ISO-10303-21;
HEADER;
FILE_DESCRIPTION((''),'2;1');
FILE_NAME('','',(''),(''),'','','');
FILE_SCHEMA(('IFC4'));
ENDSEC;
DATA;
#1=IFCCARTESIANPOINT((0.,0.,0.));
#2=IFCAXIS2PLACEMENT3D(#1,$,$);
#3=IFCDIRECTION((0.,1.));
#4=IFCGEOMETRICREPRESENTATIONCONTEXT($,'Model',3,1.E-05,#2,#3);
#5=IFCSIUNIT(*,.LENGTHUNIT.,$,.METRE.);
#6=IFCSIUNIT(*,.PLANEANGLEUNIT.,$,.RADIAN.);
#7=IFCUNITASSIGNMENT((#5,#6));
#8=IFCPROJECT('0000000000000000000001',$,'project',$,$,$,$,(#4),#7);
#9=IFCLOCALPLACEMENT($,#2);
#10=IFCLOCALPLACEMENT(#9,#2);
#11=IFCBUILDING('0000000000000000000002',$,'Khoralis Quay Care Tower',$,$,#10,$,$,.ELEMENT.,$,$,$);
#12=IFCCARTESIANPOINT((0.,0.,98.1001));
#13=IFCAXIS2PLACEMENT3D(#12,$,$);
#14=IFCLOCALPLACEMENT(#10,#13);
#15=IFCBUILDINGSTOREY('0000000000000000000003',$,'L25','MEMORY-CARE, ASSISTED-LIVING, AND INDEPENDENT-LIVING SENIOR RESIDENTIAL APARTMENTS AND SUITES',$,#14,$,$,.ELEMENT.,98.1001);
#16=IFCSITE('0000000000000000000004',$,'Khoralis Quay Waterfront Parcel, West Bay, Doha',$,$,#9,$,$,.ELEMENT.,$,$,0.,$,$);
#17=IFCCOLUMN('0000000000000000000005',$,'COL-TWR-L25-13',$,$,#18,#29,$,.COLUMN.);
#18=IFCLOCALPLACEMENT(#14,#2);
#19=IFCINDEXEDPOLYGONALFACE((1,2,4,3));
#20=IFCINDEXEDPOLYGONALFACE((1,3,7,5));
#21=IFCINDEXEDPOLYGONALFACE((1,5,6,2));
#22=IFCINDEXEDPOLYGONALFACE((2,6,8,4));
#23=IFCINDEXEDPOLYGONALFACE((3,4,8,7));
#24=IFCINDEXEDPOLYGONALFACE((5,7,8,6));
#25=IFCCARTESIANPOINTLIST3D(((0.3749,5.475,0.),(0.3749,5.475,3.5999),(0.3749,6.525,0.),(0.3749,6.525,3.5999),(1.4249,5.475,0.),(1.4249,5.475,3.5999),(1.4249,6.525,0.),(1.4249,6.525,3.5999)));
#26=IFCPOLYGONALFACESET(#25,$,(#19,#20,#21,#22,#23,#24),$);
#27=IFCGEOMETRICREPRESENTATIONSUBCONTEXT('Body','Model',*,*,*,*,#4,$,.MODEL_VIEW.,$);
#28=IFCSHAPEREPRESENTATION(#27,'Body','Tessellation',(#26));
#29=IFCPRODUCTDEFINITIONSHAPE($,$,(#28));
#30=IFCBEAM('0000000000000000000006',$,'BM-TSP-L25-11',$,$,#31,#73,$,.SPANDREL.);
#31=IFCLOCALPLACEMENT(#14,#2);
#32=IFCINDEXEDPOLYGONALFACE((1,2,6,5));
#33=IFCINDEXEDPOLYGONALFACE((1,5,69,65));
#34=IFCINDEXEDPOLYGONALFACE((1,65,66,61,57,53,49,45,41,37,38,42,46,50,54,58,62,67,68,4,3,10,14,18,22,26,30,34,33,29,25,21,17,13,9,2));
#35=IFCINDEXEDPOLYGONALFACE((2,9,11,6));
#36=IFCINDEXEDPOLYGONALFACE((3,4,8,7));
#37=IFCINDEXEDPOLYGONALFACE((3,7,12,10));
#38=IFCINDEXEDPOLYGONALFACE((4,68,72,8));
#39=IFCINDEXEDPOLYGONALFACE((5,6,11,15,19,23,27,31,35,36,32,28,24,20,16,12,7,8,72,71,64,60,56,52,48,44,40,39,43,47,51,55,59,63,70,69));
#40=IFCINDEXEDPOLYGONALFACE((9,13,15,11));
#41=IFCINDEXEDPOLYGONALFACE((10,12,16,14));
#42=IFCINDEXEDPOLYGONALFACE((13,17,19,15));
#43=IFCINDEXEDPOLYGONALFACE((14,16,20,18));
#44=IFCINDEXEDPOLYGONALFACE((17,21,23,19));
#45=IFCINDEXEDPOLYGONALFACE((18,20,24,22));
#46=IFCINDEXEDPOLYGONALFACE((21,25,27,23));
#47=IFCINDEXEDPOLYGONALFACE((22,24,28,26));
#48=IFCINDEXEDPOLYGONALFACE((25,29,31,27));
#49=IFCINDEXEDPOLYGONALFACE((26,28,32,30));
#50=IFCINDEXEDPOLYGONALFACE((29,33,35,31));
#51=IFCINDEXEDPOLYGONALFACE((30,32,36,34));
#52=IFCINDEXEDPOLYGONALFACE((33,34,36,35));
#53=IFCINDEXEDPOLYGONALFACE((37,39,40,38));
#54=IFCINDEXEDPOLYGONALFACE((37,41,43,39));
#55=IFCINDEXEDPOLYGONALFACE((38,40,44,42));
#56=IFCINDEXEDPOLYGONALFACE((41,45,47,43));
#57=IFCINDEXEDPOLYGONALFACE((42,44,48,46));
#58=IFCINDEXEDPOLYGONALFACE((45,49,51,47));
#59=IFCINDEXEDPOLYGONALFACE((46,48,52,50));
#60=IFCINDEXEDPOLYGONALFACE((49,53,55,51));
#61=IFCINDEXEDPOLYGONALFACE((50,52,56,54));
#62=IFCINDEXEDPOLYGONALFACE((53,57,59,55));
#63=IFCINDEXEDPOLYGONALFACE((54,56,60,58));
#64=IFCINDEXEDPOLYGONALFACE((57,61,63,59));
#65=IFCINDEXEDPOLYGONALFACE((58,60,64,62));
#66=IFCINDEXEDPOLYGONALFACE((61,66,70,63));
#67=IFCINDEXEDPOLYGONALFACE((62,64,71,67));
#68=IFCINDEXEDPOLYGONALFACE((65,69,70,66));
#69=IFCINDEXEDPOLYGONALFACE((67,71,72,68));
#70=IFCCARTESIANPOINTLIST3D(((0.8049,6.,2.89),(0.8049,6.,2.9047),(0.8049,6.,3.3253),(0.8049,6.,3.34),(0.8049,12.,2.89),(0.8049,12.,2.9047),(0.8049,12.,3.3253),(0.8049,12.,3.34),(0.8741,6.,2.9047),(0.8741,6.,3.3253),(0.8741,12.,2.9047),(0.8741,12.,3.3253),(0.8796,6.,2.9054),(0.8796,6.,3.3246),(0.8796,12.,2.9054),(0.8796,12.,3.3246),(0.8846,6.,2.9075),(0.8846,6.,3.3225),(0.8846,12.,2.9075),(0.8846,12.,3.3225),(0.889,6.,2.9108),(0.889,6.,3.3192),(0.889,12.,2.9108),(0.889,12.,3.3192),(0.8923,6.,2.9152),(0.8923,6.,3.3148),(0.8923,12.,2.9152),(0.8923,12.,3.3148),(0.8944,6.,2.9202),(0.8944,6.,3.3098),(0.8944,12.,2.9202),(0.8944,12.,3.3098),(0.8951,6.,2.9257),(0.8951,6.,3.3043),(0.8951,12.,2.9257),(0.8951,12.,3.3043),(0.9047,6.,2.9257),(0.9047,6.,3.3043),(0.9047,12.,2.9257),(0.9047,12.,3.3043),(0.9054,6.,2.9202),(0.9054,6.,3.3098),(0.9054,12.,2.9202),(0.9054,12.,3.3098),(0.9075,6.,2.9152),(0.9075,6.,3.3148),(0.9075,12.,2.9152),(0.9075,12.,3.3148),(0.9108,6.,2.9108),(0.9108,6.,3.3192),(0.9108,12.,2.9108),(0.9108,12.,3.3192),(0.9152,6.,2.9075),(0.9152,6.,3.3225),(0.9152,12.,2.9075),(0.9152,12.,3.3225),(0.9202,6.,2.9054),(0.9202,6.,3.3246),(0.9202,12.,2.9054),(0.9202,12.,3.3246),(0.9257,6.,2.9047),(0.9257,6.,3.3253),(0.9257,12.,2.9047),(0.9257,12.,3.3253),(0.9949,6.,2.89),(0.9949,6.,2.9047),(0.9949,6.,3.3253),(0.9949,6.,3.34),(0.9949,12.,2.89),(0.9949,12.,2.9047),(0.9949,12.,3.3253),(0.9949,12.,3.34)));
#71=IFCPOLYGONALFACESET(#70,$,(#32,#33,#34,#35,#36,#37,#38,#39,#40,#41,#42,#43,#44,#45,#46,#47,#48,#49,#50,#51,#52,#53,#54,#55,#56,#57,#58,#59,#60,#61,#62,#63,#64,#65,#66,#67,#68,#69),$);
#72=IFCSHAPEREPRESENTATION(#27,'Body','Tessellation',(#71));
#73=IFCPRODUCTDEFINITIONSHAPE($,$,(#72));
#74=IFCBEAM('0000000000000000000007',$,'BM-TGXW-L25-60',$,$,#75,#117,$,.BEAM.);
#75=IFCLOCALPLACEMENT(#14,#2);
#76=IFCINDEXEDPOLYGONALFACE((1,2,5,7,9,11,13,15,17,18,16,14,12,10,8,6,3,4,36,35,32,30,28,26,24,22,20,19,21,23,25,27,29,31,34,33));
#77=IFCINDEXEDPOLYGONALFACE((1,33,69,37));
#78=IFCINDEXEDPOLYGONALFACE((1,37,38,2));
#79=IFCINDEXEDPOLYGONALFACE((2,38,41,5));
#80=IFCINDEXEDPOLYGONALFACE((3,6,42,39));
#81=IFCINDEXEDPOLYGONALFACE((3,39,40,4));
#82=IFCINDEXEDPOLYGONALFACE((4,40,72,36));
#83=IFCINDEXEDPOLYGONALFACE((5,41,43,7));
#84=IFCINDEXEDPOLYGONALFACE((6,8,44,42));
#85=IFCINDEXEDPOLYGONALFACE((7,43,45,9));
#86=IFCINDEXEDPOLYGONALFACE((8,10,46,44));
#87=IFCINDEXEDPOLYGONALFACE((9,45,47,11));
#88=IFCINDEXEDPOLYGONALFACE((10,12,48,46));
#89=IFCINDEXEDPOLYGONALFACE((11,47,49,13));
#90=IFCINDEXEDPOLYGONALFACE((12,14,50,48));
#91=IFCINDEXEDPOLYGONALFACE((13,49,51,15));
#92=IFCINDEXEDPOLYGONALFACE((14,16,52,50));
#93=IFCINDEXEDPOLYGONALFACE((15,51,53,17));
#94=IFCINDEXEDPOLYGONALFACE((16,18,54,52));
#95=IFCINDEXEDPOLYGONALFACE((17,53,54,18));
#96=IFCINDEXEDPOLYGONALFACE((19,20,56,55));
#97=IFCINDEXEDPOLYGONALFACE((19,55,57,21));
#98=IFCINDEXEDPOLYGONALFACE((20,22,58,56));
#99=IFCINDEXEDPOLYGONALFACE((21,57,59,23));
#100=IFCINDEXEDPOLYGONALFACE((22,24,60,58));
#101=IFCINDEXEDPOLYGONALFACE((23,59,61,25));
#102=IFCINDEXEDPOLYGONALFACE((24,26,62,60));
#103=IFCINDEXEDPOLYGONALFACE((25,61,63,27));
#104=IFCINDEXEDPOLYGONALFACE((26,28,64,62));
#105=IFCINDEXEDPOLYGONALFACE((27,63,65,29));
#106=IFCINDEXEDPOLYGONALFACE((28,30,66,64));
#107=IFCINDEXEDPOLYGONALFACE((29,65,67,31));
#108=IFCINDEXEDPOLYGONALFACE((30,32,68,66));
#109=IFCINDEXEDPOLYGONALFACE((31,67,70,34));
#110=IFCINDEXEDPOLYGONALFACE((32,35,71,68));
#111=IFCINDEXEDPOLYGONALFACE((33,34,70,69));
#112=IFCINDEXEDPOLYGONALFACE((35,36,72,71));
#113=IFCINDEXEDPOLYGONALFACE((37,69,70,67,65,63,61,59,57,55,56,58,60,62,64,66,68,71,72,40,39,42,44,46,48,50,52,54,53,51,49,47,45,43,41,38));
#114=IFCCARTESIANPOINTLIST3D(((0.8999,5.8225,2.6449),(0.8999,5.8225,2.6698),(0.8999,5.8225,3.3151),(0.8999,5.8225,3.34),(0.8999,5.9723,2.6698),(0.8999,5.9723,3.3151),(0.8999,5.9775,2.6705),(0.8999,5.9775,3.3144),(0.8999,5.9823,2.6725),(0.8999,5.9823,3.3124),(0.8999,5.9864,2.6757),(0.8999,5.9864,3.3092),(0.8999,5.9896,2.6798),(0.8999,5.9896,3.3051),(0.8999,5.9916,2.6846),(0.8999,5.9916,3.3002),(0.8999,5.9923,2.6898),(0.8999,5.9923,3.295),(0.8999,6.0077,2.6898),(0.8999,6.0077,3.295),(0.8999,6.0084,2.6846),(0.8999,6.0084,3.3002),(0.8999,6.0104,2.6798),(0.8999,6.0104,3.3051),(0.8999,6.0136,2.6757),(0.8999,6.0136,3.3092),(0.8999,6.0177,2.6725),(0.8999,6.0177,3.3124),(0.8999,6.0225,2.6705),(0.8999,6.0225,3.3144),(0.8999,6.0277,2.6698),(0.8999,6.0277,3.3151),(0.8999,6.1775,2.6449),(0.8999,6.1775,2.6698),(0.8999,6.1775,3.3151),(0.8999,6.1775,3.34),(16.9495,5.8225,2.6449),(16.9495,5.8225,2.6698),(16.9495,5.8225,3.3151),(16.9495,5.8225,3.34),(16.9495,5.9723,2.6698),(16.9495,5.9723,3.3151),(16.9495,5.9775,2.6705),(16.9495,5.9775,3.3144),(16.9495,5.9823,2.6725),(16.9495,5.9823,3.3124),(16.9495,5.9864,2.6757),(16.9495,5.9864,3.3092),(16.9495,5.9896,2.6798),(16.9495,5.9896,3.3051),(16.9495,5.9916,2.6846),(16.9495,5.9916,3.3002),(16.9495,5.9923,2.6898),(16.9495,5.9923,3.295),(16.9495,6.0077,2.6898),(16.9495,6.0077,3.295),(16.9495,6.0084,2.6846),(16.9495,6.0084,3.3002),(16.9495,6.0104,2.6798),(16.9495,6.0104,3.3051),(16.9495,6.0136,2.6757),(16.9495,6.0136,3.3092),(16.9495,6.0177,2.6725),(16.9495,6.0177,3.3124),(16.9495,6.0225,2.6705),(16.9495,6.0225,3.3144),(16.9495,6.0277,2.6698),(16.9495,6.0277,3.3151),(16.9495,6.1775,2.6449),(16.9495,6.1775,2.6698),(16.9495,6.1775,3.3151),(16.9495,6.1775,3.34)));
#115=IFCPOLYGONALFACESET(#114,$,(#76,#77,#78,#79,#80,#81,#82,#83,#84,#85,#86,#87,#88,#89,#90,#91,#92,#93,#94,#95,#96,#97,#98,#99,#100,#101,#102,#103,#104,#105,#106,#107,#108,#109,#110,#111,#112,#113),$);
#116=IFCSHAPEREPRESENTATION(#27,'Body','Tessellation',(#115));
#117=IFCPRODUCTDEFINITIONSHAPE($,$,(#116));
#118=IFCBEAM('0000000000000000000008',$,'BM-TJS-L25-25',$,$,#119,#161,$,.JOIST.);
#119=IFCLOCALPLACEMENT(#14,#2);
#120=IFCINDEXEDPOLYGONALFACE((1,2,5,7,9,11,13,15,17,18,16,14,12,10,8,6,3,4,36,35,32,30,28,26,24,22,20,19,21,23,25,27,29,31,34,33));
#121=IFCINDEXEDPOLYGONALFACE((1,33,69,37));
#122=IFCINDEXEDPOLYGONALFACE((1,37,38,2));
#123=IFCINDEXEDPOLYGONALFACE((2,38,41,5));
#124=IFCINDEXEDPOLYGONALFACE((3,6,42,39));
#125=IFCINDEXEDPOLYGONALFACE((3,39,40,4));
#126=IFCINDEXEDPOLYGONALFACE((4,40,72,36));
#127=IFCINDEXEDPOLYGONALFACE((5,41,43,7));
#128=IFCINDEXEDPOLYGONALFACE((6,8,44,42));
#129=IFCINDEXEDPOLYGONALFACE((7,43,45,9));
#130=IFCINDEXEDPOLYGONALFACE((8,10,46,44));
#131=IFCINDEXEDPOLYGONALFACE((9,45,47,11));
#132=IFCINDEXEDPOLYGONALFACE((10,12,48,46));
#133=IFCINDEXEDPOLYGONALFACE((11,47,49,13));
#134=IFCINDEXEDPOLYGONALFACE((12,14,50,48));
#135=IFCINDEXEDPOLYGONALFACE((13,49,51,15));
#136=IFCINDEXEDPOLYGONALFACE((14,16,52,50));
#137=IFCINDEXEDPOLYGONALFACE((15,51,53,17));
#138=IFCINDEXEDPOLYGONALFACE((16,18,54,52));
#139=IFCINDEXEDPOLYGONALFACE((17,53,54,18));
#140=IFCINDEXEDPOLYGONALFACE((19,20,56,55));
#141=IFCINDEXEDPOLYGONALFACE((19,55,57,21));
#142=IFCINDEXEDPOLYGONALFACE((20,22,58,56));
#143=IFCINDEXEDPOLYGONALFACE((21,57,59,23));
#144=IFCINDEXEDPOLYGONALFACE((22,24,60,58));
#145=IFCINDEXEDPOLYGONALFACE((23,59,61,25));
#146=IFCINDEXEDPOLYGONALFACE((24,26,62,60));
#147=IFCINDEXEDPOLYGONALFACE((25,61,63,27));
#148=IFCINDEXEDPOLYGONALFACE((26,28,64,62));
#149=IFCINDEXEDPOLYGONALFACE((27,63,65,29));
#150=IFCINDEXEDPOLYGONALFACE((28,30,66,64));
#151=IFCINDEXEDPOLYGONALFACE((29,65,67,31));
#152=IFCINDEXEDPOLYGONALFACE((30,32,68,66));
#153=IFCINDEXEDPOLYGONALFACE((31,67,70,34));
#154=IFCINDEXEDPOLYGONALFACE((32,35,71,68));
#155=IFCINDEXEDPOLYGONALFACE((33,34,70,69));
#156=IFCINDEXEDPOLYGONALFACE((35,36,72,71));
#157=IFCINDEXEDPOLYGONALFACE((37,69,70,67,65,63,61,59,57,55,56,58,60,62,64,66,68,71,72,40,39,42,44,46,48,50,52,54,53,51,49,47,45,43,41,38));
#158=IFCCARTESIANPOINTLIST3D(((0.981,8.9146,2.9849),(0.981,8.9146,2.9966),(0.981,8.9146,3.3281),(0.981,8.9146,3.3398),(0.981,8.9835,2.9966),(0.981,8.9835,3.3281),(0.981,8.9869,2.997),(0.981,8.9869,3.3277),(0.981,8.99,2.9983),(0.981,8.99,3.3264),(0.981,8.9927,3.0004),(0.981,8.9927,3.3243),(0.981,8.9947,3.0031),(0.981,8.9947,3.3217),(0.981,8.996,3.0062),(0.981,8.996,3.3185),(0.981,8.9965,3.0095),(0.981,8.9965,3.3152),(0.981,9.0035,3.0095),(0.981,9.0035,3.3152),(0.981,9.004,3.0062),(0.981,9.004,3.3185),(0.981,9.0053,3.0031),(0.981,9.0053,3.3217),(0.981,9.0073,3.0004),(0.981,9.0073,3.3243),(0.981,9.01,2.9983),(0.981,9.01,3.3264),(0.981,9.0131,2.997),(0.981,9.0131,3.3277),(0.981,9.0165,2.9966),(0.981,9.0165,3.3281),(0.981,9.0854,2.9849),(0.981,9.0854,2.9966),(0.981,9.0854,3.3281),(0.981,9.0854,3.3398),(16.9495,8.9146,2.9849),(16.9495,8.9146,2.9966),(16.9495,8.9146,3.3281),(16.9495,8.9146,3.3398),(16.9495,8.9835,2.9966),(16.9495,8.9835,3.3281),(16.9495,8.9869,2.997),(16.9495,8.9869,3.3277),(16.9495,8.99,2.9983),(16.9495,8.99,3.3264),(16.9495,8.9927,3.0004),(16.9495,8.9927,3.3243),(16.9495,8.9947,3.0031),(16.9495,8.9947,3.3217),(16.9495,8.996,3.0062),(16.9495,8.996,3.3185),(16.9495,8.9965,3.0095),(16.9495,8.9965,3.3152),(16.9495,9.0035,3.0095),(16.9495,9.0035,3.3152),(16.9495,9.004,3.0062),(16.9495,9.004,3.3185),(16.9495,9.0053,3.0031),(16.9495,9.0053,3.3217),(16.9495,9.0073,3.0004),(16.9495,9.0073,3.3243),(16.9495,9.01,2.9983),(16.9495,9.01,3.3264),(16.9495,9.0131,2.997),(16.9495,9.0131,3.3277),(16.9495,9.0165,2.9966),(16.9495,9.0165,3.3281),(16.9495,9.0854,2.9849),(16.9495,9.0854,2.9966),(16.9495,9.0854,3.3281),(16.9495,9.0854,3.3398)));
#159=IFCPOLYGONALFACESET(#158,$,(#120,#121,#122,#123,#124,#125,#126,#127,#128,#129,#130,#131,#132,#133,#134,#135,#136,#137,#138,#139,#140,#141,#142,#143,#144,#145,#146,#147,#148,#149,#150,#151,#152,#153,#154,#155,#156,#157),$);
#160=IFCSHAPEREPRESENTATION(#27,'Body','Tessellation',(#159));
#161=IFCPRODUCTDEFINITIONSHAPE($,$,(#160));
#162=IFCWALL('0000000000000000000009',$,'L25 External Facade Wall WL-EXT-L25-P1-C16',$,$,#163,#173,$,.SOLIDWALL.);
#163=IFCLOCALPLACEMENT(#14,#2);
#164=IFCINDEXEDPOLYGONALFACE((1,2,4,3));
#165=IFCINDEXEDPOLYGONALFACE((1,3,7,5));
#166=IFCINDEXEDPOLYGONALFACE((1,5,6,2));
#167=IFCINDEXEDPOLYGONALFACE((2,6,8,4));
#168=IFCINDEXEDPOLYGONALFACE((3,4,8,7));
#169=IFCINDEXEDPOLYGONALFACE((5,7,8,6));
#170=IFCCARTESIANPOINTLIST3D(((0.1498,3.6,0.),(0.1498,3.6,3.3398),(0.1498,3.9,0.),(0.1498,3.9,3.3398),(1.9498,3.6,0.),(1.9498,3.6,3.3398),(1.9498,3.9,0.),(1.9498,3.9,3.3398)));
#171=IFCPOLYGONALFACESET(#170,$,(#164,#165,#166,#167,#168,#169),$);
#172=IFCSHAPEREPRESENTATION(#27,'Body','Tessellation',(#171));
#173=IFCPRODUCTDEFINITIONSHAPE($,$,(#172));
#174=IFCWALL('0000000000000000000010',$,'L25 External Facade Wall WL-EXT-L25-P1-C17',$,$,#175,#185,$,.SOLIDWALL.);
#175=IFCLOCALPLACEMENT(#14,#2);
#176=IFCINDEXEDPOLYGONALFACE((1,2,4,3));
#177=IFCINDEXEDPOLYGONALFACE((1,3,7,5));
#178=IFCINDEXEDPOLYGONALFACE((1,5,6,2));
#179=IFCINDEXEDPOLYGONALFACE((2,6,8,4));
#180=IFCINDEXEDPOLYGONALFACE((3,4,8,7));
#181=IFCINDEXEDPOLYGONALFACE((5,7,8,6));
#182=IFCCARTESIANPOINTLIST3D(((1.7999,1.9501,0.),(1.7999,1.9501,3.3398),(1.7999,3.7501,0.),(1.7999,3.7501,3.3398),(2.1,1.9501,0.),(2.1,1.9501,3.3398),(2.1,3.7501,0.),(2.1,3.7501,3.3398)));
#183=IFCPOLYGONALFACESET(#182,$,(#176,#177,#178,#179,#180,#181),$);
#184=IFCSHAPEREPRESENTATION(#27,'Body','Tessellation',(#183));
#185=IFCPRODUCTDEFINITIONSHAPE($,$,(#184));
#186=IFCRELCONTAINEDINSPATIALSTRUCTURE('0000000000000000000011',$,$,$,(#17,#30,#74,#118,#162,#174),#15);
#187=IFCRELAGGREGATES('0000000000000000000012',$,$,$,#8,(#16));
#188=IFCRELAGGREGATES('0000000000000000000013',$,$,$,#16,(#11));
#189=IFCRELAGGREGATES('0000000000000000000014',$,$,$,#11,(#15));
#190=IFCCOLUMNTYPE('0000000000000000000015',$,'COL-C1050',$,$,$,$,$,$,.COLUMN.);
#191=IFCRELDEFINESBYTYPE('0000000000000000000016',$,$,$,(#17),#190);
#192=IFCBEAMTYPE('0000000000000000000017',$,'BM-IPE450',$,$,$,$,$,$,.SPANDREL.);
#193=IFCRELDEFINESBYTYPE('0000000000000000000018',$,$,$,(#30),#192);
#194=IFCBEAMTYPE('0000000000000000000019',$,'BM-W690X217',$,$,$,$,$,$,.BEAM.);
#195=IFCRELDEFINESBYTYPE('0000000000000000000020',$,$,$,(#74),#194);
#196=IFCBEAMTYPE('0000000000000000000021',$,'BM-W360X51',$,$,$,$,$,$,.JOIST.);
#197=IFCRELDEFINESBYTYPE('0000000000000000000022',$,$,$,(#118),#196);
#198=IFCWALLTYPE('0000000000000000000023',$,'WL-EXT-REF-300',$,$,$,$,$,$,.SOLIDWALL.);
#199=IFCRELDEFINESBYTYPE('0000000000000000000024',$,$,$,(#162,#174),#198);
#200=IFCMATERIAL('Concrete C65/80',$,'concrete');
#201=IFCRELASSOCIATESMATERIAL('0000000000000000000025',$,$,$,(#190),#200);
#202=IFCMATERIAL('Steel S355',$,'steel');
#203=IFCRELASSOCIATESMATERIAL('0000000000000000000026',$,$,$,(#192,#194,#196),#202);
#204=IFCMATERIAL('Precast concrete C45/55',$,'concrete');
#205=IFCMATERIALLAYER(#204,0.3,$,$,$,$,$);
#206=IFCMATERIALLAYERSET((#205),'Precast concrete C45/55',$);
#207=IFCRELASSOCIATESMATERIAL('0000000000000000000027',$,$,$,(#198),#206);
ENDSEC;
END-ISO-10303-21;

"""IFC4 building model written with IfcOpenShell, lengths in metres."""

from ifc_helpers import new_model, si_unit, direction, frame, frame_2d, origin, origin_2d, place, context, subcontext, project, spatial, rectangle, i_section, extrude, source, transform, mapped, material, layer, layer_set, material_profile, profile_set, type_object, element, save


model = new_model("IFC4")

# Units and contexts
model_context = context("Model", 3, precision=1e-05, world=origin(), true_north=direction((0.0, 1.0)))
body_context = subcontext(model_context, "Body", "Model", "MODEL_VIEW")
ifc_project = project(units=[si_unit("LENGTHUNIT", "METRE"), si_unit("PLANEANGLEUNIT", "RADIAN")], contexts=[model_context])

# Site, building, storey
site_placement = place(None, origin())
site = spatial("IfcSite", under=ifc_project, at=site_placement, Name="Khoralis Quay Waterfront Parcel, West Bay, Doha", CompositionType="ELEMENT", RefElevation=0.0)
building_placement = place(site_placement, origin())
building = spatial("IfcBuilding", under=site, at=building_placement, Name="Khoralis Quay Care Tower", CompositionType="ELEMENT")
storey_placement = place(building_placement, frame((0.0, 0.0, 98.1001)))
storey = spatial("IfcBuildingStorey", under=building, at=storey_placement, Name="L25", Description="MEMORY-CARE, ASSISTED-LIVING, AND INDEPENDENT-LIVING SENIOR RESIDENTIAL APARTMENTS AND SUITES", CompositionType="ELEMENT", Elevation=98.1001)

# Column
ifc_material_1 = material(Name="Concrete C65/80", Category="concrete")
ifc_material_profile_1 = material_profile(ifc_material_1, rectangle(XDim=1.05, YDim=1.05, at=origin_2d()), Name="Concrete C65/80")
ifc_profile_set_1 = profile_set([ifc_material_profile_1], Name="Concrete C65/80")
column_type = type_object("IfcColumnType", Name="COL-C1050", PredefinedType="COLUMN", material=ifc_profile_set_1)
shared_shape_1 = source(origin(), body_context, "Body", "SweptSolid", [
    extrude(rectangle(XDim=1.05, YDim=1.05, at=origin_2d()), origin(), (0.0, 0.0, 1.0), 3.5999),
])
column_placement = place(storey_placement, frame((0.8999, 6.0, 0.0), z_axis=(0.0, 0.0, 1.0), x_axis=(1.0, 0.0, 0.0)))
element("IfcColumn", 1, at=column_placement, inside=storey, type_object=column_type, Name="COL-TWR-L25-13", PredefinedType="COLUMN", context=body_context, shape_type="MappedRepresentation", body=[
    mapped(shared_shape_1, transform((0.0, 0.0, 0.0), scale=1.0)),
])

# Beams
ifc_material_2 = material(Name="Steel S355", Category="steel")
ifc_material_profile_2 = material_profile(ifc_material_2, i_section(OverallWidth=0.1899, OverallDepth=0.45, WebThickness=0.0095, FlangeThickness=0.0146, FilletRadius=0.021, at=origin_2d()), Name="Steel S355")
ifc_profile_set_2 = profile_set([ifc_material_profile_2], Name="Steel S355")
beam_type_1 = type_object("IfcBeamType", Name="BM-IPE450", PredefinedType="SPANDREL", material=ifc_profile_set_2)
shared_shape_2 = source(origin(), body_context, "Body", "SweptSolid", [
    extrude(i_section(OverallWidth=0.1899, OverallDepth=0.45, WebThickness=0.0095, FlangeThickness=0.0146, FilletRadius=0.021, at=origin_2d()), origin(), (0.0, 0.0, 1.0), 6.0),
])
beam_1_placement = place(storey_placement, frame((0.8999, 6.0, 3.115), z_axis=(0.0, 1.0, 0.0), x_axis=(-1.0, 0.0, 0.0)))
element("IfcBeam", 2, at=beam_1_placement, inside=storey, type_object=beam_type_1, Name="BM-TSP-L25-11", PredefinedType="SPANDREL", context=body_context, shape_type="MappedRepresentation", body=[
    mapped(shared_shape_2, transform((0.0, 0.0, 0.0), scale=1.0)),
])
ifc_material_profile_3 = material_profile(ifc_material_2, i_section(OverallWidth=0.355, OverallDepth=0.6951, WebThickness=0.0154, FlangeThickness=0.0249, FilletRadius=0.02, at=origin_2d()), Name="Steel S355")
ifc_profile_set_3 = profile_set([ifc_material_profile_3], Name="Steel S355")
beam_type_2 = type_object("IfcBeamType", Name="BM-W690X217", PredefinedType="BEAM", material=ifc_profile_set_3)
shared_shape_3 = source(origin(), body_context, "Body", "SweptSolid", [
    extrude(i_section(OverallWidth=0.355, OverallDepth=0.6951, WebThickness=0.0154, FlangeThickness=0.0249, FilletRadius=0.02, at=origin_2d()), origin(), (0.0, 0.0, 1.0), 16.0496),
])
beam_2_placement = place(storey_placement, frame((0.8999, 6.0, 2.9924), z_axis=(1.0, 0.0, 0.0), x_axis=(0.0, 1.0, 0.0)))
element("IfcBeam", 3, at=beam_2_placement, inside=storey, type_object=beam_type_2, Name="BM-TGXW-L25-60", PredefinedType="BEAM", context=body_context, shape_type="MappedRepresentation", body=[
    mapped(shared_shape_3, transform((0.0, 0.0, 0.0), scale=1.0)),
])
ifc_material_profile_4 = material_profile(ifc_material_2, i_section(OverallWidth=0.1709, OverallDepth=0.355, WebThickness=0.0071, FlangeThickness=0.0117, FilletRadius=0.0129, at=origin_2d()), Name="Steel S355")
ifc_profile_set_4 = profile_set([ifc_material_profile_4], Name="Steel S355")
beam_type_3 = type_object("IfcBeamType", Name="BM-W360X51", PredefinedType="JOIST", material=ifc_profile_set_4)
shared_shape_4 = source(origin(), body_context, "Body", "SweptSolid", [
    extrude(i_section(OverallWidth=0.1709, OverallDepth=0.355, WebThickness=0.0071, FlangeThickness=0.0117, FilletRadius=0.0129, at=origin_2d()), origin(), (0.0, 0.0, 1.0), 15.9685),
])
beam_3_placement = place(storey_placement, frame((0.981, 9.0, 3.1624), z_axis=(1.0, 0.0, 0.0), x_axis=(0.0, 1.0, 0.0)))
element("IfcBeam", 4, at=beam_3_placement, inside=storey, type_object=beam_type_3, Name="BM-TJS-L25-25", PredefinedType="JOIST", context=body_context, shape_type="MappedRepresentation", body=[
    mapped(shared_shape_4, transform((0.0, 0.0, 0.0), scale=1.0)),
])

# Walls
ifc_material_3 = material(Name="Precast concrete C45/55", Category="concrete")
ifc_layer_1 = layer(ifc_material_3, 0.3)
ifc_layer_set_1 = layer_set([ifc_layer_1], Name="Precast concrete C45/55")
wall_type_1 = type_object("IfcWallType", Name="WL-EXT-REF-300", PredefinedType="SOLIDWALL", material=ifc_layer_set_1)
for number, where, z_axis, x_axis, name in (
    (5, (0.1499, 3.75, 0.0), (0.0, 0.0, 1.0), (1.0, 0.0, 0.0), "L25 External Facade Wall WL-EXT-L25-P1-C16"),
    (6, (1.95, 3.75, 0.0), (0.0, 0.0, 1.0), (0.0, -1.0, 0.0), "L25 External Facade Wall WL-EXT-L25-P1-C17"),
):
    element("IfcWall", number, at=place(storey_placement, frame(where, z_axis=z_axis, x_axis=x_axis)), inside=storey, type_object=wall_type_1, Name=name, PredefinedType="SOLIDWALL", context=body_context, shape_type="SweptSolid", body=[
        extrude(rectangle(XDim=1.8, YDim=0.3, at=frame_2d((0.8999, 0.0))), origin(), (0.0, 0.0, 1.0), 3.3398),
    ])

save(model, "model.ifc")
